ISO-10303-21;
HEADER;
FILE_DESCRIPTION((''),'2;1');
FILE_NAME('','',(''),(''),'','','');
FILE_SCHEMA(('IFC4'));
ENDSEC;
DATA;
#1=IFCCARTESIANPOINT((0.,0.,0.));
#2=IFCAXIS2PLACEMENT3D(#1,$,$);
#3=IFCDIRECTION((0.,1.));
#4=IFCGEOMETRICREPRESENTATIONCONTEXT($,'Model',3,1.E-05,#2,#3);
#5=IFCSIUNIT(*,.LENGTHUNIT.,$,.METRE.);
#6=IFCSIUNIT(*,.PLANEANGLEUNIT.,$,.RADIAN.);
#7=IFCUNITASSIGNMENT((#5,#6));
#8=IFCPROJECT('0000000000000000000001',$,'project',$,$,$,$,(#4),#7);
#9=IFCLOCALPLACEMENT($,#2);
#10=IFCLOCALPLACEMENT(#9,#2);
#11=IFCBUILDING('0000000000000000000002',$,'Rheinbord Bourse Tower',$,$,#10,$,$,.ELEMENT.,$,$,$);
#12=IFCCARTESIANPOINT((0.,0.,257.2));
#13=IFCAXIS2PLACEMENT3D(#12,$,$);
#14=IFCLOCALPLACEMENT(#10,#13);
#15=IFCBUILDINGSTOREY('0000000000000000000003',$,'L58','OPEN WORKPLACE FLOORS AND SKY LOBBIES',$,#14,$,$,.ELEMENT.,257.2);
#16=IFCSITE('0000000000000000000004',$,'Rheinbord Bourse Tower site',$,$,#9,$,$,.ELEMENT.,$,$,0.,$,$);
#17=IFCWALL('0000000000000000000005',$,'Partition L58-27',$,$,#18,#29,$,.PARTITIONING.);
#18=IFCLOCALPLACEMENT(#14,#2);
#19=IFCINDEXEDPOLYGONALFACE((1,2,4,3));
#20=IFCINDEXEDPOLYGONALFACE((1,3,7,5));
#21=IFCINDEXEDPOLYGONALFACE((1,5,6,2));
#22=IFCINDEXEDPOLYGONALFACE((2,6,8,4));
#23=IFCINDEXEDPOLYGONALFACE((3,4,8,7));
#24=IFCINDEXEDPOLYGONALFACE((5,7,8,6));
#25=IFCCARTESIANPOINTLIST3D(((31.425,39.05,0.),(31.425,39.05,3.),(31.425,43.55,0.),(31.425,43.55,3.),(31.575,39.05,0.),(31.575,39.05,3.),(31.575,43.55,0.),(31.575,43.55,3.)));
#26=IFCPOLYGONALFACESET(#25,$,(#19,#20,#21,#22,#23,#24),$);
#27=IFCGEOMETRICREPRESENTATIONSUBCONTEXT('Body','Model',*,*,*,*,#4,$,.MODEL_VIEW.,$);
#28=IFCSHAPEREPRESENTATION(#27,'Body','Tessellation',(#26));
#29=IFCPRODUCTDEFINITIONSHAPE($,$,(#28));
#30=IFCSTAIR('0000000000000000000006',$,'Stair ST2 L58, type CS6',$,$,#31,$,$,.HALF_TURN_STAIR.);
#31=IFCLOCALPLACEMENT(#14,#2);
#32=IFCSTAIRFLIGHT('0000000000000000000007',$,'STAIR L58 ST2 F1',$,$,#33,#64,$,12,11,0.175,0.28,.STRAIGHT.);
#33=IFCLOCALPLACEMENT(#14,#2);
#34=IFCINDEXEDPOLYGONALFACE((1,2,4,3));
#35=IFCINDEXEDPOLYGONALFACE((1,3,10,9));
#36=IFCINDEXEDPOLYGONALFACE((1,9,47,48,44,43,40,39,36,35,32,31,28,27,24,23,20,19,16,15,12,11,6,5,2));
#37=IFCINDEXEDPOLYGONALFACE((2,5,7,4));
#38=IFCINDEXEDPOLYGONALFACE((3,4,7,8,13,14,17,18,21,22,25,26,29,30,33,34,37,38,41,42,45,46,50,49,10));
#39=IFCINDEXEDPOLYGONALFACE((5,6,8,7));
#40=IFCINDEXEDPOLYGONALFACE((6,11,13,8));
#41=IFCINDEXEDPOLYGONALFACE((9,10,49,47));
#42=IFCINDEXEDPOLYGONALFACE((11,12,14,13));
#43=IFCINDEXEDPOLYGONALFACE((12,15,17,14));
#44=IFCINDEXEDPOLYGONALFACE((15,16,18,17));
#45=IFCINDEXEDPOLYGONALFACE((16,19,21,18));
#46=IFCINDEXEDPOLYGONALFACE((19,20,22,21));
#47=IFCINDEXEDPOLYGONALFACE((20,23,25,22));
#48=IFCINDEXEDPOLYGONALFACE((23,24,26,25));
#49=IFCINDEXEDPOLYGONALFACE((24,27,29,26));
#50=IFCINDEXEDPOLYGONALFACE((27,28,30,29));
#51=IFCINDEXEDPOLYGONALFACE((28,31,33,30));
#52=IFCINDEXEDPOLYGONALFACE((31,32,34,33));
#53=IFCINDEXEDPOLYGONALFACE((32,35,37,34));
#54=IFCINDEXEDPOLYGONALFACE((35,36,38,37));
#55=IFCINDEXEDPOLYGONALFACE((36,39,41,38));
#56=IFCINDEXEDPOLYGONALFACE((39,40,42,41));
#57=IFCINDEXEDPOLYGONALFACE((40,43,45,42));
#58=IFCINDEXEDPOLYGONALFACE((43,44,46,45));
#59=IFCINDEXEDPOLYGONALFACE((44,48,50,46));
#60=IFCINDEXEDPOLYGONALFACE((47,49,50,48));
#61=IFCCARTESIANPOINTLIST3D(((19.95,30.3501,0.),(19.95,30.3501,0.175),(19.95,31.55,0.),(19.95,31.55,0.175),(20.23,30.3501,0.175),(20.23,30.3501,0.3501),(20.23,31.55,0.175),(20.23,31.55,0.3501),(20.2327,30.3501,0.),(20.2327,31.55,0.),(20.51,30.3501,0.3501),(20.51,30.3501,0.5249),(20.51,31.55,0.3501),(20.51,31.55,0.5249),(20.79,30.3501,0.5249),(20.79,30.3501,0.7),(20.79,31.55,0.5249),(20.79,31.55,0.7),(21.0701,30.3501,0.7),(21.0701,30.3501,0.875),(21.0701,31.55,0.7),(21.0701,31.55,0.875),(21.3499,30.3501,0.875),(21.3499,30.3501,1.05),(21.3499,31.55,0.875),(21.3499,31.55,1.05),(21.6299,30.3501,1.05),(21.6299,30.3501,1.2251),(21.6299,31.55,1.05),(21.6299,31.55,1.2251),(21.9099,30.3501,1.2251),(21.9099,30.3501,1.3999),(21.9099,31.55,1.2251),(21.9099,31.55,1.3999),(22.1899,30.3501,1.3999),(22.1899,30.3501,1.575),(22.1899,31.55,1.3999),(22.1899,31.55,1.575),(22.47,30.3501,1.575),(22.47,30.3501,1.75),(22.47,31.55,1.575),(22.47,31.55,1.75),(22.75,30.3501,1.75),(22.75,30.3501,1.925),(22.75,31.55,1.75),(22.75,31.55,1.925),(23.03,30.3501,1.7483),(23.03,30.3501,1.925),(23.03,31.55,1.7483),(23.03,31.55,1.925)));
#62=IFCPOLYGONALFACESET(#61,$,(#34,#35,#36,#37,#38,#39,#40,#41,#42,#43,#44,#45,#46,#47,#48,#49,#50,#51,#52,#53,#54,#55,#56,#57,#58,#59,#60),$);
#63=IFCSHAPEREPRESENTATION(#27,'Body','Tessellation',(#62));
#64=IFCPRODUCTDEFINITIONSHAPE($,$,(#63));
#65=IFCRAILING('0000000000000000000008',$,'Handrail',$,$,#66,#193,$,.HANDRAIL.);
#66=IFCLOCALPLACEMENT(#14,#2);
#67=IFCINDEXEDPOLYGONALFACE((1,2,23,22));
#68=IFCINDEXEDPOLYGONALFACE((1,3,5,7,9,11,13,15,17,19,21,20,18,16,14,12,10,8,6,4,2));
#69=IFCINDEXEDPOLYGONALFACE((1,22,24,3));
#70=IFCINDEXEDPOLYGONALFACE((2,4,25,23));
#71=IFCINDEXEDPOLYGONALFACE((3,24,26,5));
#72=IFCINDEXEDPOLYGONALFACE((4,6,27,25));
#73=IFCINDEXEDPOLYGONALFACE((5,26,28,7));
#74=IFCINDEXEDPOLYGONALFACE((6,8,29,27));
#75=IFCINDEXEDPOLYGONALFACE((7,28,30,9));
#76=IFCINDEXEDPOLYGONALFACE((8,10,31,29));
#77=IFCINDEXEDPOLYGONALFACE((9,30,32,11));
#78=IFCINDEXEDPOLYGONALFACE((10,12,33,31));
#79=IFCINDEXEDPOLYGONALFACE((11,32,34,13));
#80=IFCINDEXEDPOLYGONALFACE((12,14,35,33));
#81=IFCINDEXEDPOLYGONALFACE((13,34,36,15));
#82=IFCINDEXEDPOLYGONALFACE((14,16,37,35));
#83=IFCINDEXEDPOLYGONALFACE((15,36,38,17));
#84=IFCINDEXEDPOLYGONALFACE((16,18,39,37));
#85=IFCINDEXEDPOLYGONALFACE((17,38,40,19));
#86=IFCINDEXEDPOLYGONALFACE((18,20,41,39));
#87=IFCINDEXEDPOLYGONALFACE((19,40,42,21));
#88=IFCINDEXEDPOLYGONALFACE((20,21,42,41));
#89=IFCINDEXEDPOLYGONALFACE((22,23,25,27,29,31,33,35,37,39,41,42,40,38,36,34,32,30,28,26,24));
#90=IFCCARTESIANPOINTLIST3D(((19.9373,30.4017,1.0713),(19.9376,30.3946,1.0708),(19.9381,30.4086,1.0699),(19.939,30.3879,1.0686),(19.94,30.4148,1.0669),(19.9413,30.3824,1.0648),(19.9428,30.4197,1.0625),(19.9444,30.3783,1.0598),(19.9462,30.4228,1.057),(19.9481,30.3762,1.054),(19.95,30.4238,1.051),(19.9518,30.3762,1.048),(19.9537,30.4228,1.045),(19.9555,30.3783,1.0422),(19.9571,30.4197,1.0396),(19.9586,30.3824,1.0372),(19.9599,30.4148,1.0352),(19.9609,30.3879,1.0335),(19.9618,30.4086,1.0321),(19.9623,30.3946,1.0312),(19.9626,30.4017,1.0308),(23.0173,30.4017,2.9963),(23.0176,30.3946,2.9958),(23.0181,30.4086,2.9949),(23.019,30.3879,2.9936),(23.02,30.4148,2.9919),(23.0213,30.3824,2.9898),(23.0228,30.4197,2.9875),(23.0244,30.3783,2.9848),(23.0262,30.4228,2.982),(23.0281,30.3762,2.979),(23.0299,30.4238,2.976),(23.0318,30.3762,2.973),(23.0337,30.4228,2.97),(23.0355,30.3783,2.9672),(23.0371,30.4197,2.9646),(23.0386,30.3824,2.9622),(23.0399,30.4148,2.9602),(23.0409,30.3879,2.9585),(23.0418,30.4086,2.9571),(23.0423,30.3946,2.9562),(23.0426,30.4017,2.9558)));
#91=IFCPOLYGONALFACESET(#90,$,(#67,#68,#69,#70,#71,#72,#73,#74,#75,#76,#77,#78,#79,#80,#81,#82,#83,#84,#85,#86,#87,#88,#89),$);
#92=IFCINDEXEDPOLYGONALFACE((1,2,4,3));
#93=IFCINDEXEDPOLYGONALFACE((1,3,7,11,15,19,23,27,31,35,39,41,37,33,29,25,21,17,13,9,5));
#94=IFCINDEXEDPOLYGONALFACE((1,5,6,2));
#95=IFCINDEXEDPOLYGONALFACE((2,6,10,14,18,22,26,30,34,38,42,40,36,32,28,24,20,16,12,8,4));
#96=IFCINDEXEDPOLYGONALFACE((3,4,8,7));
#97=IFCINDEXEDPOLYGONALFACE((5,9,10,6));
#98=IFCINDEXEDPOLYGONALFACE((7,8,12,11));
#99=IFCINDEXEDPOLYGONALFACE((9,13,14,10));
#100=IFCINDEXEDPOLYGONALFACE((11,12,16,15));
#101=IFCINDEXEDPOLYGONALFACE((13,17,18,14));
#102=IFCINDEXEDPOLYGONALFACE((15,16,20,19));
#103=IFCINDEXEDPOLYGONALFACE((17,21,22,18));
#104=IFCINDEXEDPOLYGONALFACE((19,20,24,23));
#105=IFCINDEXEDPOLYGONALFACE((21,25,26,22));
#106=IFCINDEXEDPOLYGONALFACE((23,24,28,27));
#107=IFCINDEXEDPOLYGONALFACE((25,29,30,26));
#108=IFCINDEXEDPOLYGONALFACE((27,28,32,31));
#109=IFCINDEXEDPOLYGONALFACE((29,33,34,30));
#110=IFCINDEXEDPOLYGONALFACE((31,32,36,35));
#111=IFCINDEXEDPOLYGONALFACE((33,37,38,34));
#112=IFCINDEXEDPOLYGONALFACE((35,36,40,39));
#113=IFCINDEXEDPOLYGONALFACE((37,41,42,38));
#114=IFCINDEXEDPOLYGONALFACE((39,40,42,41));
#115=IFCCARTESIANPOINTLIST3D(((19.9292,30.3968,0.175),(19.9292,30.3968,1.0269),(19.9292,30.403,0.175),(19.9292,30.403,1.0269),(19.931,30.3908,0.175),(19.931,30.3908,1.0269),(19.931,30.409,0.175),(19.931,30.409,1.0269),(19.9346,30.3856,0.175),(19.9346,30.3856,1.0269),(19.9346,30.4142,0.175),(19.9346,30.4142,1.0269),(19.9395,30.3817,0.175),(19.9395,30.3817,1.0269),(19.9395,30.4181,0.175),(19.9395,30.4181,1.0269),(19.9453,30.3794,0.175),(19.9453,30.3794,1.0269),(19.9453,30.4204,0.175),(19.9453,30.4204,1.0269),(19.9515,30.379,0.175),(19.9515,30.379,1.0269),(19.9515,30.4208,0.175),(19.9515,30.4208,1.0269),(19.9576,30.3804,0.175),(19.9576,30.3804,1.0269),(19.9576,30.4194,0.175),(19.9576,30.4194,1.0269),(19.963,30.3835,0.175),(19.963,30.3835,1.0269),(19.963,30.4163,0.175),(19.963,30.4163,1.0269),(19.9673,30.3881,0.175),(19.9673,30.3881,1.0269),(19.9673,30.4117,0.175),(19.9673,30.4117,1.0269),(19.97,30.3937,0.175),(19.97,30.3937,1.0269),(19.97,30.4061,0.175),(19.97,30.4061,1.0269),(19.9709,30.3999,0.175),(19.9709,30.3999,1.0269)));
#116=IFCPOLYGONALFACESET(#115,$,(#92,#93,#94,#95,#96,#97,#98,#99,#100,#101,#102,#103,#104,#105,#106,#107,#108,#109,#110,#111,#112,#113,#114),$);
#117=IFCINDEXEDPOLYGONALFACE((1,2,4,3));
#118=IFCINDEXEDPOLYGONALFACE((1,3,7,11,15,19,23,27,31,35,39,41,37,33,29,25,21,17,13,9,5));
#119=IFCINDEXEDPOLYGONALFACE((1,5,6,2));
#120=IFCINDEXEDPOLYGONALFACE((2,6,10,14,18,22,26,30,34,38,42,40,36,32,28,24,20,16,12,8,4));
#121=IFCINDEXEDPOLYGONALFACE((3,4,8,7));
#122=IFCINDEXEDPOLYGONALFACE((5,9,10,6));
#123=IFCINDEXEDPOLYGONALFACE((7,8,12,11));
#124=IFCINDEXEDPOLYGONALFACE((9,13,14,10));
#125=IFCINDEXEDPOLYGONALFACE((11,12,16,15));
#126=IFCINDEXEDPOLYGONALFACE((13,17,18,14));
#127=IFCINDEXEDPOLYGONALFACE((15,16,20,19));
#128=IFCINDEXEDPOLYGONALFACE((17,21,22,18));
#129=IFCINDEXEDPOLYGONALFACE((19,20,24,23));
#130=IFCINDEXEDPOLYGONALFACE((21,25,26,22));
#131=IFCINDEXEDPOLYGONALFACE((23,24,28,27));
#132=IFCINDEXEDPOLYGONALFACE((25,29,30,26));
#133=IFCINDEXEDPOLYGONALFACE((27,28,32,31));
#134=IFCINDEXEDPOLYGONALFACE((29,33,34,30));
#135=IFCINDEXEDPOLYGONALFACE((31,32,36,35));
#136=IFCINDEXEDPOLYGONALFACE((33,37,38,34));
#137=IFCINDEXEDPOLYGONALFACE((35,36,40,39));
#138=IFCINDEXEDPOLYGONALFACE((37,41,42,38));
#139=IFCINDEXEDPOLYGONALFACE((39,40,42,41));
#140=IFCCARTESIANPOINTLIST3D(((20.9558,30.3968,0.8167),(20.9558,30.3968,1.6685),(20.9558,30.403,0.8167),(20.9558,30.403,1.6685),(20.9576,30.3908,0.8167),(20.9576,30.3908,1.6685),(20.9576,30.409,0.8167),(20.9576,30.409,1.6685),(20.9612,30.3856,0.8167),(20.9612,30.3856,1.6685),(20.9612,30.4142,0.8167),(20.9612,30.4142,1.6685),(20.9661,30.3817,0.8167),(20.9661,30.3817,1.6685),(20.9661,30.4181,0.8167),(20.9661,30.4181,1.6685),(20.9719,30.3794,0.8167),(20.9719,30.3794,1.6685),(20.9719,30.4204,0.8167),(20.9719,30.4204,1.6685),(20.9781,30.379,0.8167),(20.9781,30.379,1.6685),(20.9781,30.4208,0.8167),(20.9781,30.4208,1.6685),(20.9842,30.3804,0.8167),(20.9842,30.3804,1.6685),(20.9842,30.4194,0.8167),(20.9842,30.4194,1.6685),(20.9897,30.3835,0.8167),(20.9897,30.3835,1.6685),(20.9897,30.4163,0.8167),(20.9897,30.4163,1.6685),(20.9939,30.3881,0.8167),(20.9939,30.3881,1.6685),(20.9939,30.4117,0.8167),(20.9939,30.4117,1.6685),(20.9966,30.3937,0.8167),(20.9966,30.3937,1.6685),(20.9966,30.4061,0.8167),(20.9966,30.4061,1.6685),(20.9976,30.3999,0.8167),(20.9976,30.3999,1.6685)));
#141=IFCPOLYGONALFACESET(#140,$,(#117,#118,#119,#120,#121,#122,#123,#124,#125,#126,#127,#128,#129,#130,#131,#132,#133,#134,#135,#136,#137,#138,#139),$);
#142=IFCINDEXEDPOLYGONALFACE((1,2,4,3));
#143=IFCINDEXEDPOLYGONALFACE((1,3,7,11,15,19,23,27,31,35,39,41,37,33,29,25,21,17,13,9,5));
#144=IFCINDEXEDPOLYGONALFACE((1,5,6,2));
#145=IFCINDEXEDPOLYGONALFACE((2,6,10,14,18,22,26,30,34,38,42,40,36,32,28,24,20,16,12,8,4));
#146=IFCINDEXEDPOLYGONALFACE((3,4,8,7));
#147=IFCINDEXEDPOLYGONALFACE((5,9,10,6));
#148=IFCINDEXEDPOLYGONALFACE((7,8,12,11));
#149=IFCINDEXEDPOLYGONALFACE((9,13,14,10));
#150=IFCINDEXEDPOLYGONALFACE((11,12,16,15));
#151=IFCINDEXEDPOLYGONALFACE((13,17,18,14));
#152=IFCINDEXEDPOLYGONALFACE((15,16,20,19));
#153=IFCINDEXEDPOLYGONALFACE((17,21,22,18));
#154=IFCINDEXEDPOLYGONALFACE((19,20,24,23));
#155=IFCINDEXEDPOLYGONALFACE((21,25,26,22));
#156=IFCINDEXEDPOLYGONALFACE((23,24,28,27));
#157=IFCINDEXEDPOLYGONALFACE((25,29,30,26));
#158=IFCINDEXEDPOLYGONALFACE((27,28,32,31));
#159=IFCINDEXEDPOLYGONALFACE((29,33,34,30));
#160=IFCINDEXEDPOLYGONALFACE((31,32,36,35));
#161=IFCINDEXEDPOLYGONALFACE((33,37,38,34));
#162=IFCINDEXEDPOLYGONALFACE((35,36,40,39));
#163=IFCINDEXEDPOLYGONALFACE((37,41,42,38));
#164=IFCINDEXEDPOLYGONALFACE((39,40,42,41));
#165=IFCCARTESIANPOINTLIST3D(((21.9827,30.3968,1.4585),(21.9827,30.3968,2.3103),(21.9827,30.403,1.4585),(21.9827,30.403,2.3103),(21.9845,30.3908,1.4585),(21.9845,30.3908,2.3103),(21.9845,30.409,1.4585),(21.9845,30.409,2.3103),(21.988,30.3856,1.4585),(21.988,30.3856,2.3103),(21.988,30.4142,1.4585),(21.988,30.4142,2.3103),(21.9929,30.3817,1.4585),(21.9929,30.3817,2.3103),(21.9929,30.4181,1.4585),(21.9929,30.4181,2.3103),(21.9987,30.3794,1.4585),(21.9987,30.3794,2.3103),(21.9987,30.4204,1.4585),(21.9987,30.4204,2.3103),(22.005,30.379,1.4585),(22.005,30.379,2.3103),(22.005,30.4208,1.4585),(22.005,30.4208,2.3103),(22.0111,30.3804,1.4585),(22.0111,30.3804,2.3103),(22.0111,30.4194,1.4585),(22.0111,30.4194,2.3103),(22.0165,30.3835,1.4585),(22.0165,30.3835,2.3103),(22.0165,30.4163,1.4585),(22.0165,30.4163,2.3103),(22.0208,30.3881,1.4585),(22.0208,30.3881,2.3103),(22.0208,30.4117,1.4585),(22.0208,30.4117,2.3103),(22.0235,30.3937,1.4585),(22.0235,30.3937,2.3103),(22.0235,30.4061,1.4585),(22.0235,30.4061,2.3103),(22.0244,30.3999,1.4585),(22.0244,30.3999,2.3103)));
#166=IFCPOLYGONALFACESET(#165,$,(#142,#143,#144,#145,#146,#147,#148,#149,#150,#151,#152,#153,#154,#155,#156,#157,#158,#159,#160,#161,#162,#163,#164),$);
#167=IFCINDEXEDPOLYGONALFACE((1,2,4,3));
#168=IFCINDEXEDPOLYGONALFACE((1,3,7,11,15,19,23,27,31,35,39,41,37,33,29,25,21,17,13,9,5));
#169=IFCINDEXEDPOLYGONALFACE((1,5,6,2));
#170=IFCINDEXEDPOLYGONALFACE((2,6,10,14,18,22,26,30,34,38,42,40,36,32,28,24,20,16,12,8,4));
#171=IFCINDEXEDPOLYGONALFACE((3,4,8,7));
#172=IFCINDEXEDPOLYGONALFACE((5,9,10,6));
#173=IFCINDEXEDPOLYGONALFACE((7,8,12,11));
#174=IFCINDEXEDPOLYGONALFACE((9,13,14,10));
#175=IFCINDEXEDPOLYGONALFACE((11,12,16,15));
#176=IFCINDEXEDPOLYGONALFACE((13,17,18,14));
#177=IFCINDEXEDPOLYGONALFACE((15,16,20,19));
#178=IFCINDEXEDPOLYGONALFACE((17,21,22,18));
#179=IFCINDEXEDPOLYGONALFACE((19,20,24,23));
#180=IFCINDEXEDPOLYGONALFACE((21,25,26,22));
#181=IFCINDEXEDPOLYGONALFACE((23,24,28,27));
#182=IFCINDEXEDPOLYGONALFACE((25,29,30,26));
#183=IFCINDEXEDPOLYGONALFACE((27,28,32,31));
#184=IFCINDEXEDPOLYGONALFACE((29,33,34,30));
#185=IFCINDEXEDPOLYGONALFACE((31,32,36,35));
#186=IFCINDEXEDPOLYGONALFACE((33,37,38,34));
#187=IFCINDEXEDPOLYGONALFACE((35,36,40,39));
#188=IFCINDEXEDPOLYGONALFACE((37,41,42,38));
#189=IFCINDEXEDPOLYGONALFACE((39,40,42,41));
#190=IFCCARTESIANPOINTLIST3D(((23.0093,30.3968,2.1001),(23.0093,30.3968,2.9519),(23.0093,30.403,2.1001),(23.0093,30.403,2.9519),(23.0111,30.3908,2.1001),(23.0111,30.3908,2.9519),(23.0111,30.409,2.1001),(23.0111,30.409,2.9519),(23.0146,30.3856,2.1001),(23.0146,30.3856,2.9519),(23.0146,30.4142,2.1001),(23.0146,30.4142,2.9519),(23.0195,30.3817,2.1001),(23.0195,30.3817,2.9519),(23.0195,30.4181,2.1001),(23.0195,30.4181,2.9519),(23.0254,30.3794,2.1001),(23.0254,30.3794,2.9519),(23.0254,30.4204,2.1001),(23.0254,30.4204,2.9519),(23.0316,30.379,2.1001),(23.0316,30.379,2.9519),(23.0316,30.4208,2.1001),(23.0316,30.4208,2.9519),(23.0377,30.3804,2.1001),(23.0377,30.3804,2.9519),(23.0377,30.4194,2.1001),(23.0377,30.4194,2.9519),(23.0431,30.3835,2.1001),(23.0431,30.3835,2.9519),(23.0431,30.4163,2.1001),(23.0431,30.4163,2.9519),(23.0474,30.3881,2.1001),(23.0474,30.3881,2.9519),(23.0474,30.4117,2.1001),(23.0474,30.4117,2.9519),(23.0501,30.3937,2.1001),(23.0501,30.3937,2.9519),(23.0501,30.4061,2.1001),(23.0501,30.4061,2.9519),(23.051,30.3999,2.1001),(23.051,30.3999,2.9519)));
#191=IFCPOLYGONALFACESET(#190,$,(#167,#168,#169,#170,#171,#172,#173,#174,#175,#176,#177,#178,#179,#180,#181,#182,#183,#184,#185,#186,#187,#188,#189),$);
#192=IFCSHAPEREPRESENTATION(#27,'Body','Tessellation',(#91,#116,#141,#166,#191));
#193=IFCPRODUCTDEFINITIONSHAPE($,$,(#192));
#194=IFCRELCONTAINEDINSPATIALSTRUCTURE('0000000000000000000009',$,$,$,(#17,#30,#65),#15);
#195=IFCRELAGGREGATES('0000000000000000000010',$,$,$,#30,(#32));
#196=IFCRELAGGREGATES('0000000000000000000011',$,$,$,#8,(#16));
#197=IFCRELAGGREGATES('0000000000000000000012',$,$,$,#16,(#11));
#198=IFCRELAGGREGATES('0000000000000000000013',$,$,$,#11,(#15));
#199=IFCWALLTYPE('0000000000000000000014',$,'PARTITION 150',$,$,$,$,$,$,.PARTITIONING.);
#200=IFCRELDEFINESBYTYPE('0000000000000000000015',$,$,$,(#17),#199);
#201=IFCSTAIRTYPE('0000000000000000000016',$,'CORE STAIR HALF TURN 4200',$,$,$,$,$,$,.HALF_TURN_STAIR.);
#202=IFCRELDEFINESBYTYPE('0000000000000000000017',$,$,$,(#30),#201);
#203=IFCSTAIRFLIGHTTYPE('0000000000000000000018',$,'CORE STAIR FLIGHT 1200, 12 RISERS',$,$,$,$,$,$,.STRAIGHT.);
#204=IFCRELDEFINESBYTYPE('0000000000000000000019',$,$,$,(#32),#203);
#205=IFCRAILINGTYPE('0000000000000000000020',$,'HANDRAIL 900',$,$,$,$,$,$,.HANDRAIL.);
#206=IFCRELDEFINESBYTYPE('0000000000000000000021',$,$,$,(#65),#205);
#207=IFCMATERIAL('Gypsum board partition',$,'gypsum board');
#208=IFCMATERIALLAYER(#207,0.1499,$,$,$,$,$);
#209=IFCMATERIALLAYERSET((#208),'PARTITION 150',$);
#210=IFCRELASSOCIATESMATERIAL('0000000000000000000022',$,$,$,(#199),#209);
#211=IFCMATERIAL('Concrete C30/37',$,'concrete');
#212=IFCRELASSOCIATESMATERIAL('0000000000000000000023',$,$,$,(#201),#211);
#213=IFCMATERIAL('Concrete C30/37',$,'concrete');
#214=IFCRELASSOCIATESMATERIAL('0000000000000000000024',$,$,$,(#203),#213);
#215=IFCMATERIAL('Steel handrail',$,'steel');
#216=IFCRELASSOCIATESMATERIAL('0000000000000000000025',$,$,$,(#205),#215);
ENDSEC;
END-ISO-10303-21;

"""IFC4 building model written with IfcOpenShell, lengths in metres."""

from ifc_helpers import new_model, si_unit, direction, frame, frame_2d, origin, origin_2d, place, context, subcontext, project, spatial, polyline, rectangle, circle, outline, extrude, material, layer, layer_set, type_object, element, aggregate, save


model = new_model("IFC4")

# Units and contexts
model_context = context("Model", 3, precision=1e-05, world=origin(), true_north=direction((0.0, 1.0)))
body_context = subcontext(model_context, "Body", "Model", "MODEL_VIEW")
ifc_project = project(units=[si_unit("LENGTHUNIT", "METRE"), si_unit("PLANEANGLEUNIT", "RADIAN")], contexts=[model_context])

# Site, building, storey
site_placement = place(None, origin())
site = spatial("IfcSite", under=ifc_project, at=site_placement, Name="Rheinbord Bourse Tower site", CompositionType="ELEMENT", RefElevation=0.0)
building_placement = place(site_placement, origin())
building = spatial("IfcBuilding", under=site, at=building_placement, Name="Rheinbord Bourse Tower", CompositionType="ELEMENT")
storey_placement = place(building_placement, frame((0.0, 0.0, 257.2)))
storey = spatial("IfcBuildingStorey", under=building, at=storey_placement, Name="L58", Description="OPEN WORKPLACE FLOORS AND SKY LOBBIES", CompositionType="ELEMENT", Elevation=257.2)

# Wall
ifc_material_1 = material(Name="Gypsum board partition", Category="gypsum board")
ifc_layer_1 = layer(ifc_material_1, 0.1499)
ifc_layer_set_1 = layer_set([ifc_layer_1], Name="PARTITION 150")
wall_type_1 = type_object("IfcWallType", Name="PARTITION 150", PredefinedType="PARTITIONING", material=ifc_layer_set_1)
for number, where, z_axis, x_axis, name in (
    (1, (31.5, 39.05, 0.0), (0.0, 0.0, 1.0), (0.0, 1.0, 0.0), "Partition L58-27"),
):
    element("IfcWall", number, at=place(storey_placement, frame(where, z_axis=z_axis, x_axis=x_axis)), inside=storey, type_object=wall_type_1, Name=name, PredefinedType="PARTITIONING", context=body_context, shape_type="SweptSolid", body=[
        extrude(rectangle(XDim=4.5, YDim=0.1499, at=frame_2d((2.25, 0.0))), origin(), (0.0, 0.0, 1.0), 3.0),
    ])

# Stair, stair flight
ifc_material_2 = material(Name="Concrete C30/37", Category="concrete")
stair_type = type_object("IfcStairType", Name="CORE STAIR HALF TURN 4200", PredefinedType="HALF_TURN_STAIR", material=ifc_material_2)
stair_placement = place(storey_placement, origin())
stair = element("IfcStair", 2, at=stair_placement, inside=storey, type_object=stair_type, Name="Stair ST2 L58, type CS6", PredefinedType="HALF_TURN_STAIR")
ifc_material_3 = material(Name="Concrete C30/37", Category="concrete")
stair_flight_type = type_object("IfcStairFlightType", Name="CORE STAIR FLIGHT 1200, 12 RISERS", PredefinedType="STRAIGHT", material=ifc_material_3)
stair_flight_placement = place(storey_placement, frame((19.95, 30.95, 0.0), z_axis=(0.0, 0.0, 1.0), x_axis=(1.0, 0.0, 0.0)))
stair_flight = element("IfcStairFlight", 3, at=stair_flight_placement, type_object=stair_flight_type, Name="STAIR L58 ST2 F1", NumberOfRisers=12, NumberOfTreads=11, PredefinedType="STRAIGHT", RiserHeight=0.175, TreadLength=0.28, context=body_context, shape_type="SweptSolid", body=[
    extrude(outline(polyline([(0.0, 0.0), (0.0, 0.175), (0.28, 0.175), (0.28, 0.3501), (0.5601, 0.3501), (0.5601, 0.5249), (0.8401, 0.5249), (0.8401, 0.7), (1.1201, 0.7), (1.1201, 0.875), (1.3999, 0.875), (1.3999, 1.05), (1.6799, 1.05), (1.6799, 1.2251), (1.96, 1.2251), (1.96, 1.3999), (2.24, 1.3999), (2.24, 1.575), (2.52, 1.575), (2.52, 1.75), (2.8, 1.75), (2.8, 1.925), (3.0801, 1.925), (3.0801, 2.1001), (3.0801, 1.7483), (0.2827, 0.0), (0.0, 0.0)])), frame((0.0, 0.6001, 0.0), z_axis=(0.0, -1.0, 0.0), x_axis=(1.0, 0.0, 0.0)), (0.0, 0.0, 1.0), 1.2),
])
aggregate(stair, [stair_flight])

# Railing
ifc_material_4 = material(Name="Steel handrail", Category="steel")
railing_type = type_object("IfcRailingType", Name="HANDRAIL 900", PredefinedType="HANDRAIL", material=ifc_material_4)
railing_1_placement = place(storey_placement, frame((19.95, 30.3999, 0.175)))
element("IfcRailing", 4, at=railing_1_placement, inside=storey, type_object=railing_type, Name="Handrail", PredefinedType="HANDRAIL", context=body_context, shape_type="SweptSolid", body=[
    extrude(circle(Radius=0.0239, at=origin_2d()), frame((0.0, 0.0, 0.876), z_axis=(0.847998, 0.0, 0.529999), x_axis=(0.0, 1.0, 0.0)), (0.0, 0.0, 1.0), 3.6321),
    extrude(circle(Radius=0.021, at=origin_2d()), origin(), (0.0, 0.0, 1.0), 0.8518),
    extrude(circle(Radius=0.021, at=origin_2d()), frame((1.0266, 0.0, 0.6416)), (0.0, 0.0, 1.0), 0.8518),
    extrude(circle(Radius=0.021, at=origin_2d()), frame((2.0535, 0.0, 1.2834)), (0.0, 0.0, 1.0), 0.8518),
    extrude(circle(Radius=0.021, at=origin_2d()), frame((3.0801, 0.0, 1.925)), (0.0, 0.0, 1.0), 0.8518),
])

save(model, "model.ifc")
